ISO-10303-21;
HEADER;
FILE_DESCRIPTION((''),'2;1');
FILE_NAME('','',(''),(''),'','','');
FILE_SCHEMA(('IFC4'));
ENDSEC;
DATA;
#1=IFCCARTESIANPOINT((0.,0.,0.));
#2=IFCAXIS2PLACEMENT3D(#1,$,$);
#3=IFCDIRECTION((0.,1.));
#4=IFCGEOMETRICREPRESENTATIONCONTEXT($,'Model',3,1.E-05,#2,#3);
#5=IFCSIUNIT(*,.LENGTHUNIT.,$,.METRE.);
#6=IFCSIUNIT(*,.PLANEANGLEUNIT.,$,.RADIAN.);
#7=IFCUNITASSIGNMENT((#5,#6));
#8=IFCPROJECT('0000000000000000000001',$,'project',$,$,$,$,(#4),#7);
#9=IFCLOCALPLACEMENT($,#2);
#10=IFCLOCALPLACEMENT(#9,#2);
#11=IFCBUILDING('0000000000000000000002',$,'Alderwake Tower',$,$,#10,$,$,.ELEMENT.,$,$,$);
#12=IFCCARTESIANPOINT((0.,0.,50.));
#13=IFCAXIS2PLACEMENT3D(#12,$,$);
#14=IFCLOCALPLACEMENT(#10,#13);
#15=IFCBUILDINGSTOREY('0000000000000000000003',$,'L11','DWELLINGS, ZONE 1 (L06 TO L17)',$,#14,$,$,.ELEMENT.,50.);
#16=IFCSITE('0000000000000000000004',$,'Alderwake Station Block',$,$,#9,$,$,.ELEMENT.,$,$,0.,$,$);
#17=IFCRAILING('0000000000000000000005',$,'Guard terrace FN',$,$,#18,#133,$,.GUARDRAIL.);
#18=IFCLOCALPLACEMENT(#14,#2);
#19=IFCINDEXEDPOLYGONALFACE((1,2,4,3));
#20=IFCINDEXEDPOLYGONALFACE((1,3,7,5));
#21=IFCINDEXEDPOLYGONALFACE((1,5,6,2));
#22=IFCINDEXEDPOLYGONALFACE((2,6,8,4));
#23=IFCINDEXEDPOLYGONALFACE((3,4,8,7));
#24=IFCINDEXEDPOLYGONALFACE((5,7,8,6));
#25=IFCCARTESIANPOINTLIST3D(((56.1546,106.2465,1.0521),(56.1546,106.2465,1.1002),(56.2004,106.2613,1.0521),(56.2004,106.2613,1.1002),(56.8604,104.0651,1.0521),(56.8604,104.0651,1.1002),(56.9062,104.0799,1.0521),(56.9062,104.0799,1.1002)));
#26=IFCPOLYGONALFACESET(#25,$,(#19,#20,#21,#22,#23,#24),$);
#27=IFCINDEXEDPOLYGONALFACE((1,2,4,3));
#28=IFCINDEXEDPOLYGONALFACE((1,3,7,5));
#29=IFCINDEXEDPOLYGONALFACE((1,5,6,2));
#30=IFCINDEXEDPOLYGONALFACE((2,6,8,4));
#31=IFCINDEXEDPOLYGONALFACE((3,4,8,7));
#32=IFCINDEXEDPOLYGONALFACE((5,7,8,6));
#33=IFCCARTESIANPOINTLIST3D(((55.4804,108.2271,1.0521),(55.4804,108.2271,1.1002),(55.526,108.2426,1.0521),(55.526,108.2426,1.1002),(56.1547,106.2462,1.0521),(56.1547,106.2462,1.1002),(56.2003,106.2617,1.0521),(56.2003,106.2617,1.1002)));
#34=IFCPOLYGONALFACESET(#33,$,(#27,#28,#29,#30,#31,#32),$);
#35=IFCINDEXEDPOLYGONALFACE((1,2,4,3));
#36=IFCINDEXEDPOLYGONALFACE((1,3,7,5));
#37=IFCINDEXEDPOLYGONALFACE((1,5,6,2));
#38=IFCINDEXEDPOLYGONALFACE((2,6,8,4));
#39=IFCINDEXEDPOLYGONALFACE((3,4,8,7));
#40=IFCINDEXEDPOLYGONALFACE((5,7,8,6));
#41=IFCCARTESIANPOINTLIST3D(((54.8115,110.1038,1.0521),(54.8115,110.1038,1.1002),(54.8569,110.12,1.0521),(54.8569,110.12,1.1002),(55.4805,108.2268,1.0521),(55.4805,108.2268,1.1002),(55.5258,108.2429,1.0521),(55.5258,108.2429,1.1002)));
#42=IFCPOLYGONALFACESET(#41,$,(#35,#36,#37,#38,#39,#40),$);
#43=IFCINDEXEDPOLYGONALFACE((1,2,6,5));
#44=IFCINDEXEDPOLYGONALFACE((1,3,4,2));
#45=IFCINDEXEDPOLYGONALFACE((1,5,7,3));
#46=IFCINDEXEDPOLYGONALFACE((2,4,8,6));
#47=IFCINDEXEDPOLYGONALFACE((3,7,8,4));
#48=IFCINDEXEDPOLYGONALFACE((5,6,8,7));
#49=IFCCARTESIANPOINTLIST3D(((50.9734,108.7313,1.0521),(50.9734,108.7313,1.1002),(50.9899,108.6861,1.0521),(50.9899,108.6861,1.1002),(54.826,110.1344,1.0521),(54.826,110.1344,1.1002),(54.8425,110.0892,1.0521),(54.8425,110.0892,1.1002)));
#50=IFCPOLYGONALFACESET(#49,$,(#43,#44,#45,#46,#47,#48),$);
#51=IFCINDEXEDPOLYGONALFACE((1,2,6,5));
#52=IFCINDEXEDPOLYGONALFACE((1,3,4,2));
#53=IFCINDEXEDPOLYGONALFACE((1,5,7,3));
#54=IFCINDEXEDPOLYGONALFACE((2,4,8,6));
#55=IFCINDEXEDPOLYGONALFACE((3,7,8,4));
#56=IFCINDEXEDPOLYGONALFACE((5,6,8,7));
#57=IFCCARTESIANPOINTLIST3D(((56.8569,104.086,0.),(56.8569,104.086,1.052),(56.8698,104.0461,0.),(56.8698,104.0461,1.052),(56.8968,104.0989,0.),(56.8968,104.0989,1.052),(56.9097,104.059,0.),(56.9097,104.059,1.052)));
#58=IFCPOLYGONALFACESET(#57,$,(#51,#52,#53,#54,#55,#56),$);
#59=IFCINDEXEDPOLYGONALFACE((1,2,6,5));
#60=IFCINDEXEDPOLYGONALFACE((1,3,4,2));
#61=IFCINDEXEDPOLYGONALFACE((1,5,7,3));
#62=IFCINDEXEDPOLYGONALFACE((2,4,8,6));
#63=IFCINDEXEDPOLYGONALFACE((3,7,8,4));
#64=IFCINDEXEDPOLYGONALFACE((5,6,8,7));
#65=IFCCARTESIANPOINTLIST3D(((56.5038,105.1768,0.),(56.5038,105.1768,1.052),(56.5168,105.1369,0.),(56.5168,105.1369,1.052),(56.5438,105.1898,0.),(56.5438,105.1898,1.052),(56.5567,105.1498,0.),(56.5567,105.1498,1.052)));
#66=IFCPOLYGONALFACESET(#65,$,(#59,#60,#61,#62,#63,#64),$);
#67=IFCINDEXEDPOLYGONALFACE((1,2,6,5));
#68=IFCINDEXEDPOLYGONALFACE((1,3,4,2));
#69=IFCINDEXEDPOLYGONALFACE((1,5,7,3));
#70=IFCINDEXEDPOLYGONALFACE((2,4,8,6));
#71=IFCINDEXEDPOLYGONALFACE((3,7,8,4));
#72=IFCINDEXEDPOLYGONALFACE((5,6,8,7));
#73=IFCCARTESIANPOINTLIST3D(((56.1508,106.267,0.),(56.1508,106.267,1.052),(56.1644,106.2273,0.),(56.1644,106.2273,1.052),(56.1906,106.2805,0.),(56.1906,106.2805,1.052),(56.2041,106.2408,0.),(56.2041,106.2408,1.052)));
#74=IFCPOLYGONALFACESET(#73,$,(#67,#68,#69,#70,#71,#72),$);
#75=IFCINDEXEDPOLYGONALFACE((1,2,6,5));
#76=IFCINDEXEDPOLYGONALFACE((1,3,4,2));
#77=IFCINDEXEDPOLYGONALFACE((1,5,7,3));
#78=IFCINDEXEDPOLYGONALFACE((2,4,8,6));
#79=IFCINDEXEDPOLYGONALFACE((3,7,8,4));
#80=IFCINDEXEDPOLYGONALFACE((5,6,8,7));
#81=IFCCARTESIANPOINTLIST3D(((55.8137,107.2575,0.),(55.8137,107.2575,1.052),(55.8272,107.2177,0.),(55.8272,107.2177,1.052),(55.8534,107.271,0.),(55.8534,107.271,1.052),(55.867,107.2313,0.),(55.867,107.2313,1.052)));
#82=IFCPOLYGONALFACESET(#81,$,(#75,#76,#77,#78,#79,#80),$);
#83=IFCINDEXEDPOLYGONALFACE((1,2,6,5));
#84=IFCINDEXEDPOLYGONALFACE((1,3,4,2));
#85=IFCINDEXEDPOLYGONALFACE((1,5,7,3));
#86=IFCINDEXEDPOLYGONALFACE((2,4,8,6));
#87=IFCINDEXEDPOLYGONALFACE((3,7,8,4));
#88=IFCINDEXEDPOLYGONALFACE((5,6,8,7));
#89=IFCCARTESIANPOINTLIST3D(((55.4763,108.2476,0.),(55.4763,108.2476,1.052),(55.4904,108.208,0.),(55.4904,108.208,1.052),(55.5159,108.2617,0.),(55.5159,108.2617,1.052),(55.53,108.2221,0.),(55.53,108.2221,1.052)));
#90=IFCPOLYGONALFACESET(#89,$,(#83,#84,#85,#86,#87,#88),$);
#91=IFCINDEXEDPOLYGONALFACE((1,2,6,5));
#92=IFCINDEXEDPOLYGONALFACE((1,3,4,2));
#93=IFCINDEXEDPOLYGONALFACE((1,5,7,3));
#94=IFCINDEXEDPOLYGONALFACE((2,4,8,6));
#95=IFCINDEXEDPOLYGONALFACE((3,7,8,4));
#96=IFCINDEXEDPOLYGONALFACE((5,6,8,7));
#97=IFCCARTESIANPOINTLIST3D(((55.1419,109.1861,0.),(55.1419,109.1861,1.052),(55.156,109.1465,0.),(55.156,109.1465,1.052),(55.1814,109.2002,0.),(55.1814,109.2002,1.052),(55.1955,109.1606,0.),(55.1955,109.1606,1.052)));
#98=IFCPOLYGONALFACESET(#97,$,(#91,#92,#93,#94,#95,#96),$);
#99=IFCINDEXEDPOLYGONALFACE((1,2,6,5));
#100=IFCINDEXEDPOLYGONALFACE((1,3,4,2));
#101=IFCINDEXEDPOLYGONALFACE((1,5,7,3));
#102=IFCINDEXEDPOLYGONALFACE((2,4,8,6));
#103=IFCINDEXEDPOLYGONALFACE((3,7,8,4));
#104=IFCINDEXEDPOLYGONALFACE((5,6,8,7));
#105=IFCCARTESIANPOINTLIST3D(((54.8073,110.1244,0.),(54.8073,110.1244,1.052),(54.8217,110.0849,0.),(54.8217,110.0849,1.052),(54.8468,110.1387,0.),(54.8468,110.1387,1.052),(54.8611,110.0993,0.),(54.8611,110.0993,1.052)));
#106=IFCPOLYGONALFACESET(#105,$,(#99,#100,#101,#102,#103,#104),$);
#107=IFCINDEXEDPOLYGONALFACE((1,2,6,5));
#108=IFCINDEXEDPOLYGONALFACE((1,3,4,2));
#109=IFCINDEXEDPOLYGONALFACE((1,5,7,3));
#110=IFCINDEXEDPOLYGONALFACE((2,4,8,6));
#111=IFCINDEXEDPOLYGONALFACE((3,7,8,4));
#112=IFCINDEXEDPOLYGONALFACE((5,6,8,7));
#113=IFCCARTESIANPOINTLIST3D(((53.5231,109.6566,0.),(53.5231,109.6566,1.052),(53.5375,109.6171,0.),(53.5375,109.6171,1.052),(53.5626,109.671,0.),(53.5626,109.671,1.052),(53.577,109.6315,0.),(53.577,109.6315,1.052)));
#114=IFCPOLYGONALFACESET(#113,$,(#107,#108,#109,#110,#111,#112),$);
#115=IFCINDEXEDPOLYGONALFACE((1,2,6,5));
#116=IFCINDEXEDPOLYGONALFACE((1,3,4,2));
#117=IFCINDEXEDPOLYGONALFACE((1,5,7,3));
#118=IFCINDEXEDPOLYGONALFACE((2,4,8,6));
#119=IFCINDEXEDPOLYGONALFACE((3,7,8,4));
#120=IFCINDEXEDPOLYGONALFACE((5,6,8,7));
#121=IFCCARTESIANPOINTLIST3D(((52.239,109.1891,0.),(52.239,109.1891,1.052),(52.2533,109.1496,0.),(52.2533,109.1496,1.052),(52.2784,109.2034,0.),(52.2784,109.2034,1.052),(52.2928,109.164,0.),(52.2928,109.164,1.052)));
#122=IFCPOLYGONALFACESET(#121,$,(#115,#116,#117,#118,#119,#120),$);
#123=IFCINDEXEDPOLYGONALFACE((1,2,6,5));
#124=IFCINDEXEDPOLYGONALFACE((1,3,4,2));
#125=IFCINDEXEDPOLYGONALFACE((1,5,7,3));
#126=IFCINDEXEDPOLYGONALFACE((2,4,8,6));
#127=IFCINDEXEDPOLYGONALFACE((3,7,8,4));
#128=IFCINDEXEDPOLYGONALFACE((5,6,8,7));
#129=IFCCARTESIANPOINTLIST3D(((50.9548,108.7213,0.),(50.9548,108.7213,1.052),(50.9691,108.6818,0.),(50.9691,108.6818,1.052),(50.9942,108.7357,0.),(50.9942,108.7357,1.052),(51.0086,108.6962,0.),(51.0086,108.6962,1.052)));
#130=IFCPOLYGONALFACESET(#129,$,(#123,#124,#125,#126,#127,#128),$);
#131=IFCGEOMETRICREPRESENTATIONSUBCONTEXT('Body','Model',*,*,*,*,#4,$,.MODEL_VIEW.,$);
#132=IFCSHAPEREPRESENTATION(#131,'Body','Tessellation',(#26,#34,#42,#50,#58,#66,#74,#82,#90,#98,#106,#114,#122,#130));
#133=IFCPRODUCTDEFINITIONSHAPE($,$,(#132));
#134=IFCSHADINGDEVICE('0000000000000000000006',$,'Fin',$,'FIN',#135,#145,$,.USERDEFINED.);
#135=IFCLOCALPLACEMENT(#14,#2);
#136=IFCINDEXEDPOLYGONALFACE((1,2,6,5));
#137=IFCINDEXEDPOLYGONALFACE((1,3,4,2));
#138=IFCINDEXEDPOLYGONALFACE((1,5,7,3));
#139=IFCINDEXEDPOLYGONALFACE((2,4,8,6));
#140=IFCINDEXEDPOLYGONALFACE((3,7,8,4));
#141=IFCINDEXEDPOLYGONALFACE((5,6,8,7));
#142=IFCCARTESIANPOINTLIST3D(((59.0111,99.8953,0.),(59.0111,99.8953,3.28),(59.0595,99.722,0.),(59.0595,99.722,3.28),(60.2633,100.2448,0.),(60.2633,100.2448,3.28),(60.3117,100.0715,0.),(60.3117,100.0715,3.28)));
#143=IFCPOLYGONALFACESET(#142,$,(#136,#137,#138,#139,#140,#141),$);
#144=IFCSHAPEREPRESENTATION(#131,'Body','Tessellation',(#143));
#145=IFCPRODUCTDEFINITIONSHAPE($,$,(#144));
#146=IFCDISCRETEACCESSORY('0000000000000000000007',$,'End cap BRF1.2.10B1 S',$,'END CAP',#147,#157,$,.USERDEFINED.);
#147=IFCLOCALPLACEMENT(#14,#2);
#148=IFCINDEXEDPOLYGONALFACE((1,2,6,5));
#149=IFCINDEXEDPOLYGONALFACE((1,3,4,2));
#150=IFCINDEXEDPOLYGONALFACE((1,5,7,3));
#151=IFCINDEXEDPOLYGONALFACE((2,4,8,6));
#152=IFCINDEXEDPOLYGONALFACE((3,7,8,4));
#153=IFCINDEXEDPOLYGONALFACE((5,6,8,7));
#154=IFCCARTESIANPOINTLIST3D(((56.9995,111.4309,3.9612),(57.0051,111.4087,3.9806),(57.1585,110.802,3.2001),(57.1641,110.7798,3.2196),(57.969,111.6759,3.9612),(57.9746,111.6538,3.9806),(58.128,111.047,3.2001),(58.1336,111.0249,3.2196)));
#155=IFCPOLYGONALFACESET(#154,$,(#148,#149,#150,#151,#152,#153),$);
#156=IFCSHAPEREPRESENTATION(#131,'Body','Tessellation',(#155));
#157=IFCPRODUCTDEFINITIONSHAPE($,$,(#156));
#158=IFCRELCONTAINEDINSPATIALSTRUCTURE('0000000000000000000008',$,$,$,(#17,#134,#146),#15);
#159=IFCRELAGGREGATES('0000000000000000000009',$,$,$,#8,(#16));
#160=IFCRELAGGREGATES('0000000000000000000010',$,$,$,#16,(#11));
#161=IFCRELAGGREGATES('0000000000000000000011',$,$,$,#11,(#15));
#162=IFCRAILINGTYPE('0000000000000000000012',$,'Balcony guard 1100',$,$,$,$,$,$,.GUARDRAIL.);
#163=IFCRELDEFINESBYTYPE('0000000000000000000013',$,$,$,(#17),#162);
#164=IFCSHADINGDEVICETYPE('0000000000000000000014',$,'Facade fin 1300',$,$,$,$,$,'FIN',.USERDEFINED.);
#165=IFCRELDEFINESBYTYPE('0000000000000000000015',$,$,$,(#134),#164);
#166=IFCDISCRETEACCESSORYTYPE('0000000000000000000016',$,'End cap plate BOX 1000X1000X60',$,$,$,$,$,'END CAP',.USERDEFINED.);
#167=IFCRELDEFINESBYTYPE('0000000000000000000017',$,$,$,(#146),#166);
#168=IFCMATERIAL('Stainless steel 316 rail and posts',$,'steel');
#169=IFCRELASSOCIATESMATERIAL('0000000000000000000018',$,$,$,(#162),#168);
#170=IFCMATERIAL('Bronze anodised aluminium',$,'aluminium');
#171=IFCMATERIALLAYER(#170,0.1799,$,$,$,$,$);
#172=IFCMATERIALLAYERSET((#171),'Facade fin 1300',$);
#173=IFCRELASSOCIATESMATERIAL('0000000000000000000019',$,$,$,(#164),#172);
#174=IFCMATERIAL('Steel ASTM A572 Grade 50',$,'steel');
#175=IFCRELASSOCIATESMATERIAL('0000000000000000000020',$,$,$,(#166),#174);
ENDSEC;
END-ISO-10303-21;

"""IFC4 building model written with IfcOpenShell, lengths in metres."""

from ifc_helpers import new_model, si_unit, direction, frame, origin, origin_2d, place, context, subcontext, project, spatial, rectangle, extrude, material, layer, layer_set, material_profile, profile_set, type_object, element, save


model = new_model("IFC4")

# Units and contexts
model_context = context("Model", 3, precision=1e-05, world=origin(), true_north=direction((0.0, 1.0)))
body_context = subcontext(model_context, "Body", "Model", "MODEL_VIEW")
ifc_project = project(units=[si_unit("LENGTHUNIT", "METRE"), si_unit("PLANEANGLEUNIT", "RADIAN")], contexts=[model_context])

# Site, building, storey
site_placement = place(None, origin())
site = spatial("IfcSite", under=ifc_project, at=site_placement, Name="Alderwake Station Block", CompositionType="ELEMENT", RefElevation=0.0)
building_placement = place(site_placement, origin())
building = spatial("IfcBuilding", under=site, at=building_placement, Name="Alderwake Tower", CompositionType="ELEMENT")
storey_placement = place(building_placement, frame((0.0, 0.0, 50.0)))
storey = spatial("IfcBuildingStorey", under=building, at=storey_placement, Name="L11", Description="DWELLINGS, ZONE 1 (L06 TO L17)", CompositionType="ELEMENT", Elevation=50.0)

# Railing
ifc_material_1 = material(Name="Stainless steel 316 rail and posts", Category="steel")
railing_type = type_object("IfcRailingType", Name="Balcony guard 1100", PredefinedType="GUARDRAIL", material=ifc_material_1)
railing_placement = place(storey_placement, frame((56.8833, 104.0725, 0.0)))
element("IfcRailing", 1, at=railing_placement, inside=storey, type_object=railing_type, Name="Guard terrace FN", PredefinedType="GUARDRAIL", context=body_context, shape_type="SweptSolid", body=[
    extrude(rectangle(XDim=0.0481, YDim=0.0481, at=origin_2d()), frame((0.0, 0.0, 1.0762), z_axis=(-0.307846, 0.951436, 0.0), x_axis=(-0.951436, -0.307846, 0.0)), (0.0, 0.0, 1.0), 2.2927),
    extrude(rectangle(XDim=0.0481, YDim=0.0481, at=origin_2d()), frame((-0.7058, 2.1814, 1.0762), z_axis=(-0.322242, 0.946657, 0.0), x_axis=(-0.946657, -0.322242, 0.0)), (0.0, 0.0, 1.0), 2.0925),
    extrude(rectangle(XDim=0.0481, YDim=0.0481, at=origin_2d()), frame((-1.3801, 4.1624, 1.0762), z_axis=(-0.335715, 0.941963, 0.0), x_axis=(-0.941963, -0.335715, 0.0)), (0.0, 0.0, 1.0), 1.9927),
    extrude(rectangle(XDim=0.0481, YDim=0.0481, at=origin_2d()), frame((-2.0491, 6.0393, 1.0762), z_axis=(-0.939625, -0.342207, 0.0), x_axis=(0.342207, -0.939625, 0.0)), (0.0, 0.0, 1.0), 4.1001),
    extrude(rectangle(XDim=0.042, YDim=0.042, at=origin_2d()), frame((0.0, 0.0, 0.0), z_axis=(0.0, 0.0, 1.0), x_axis=(-0.307846, 0.951436, 0.0)), (0.0, 0.0, 1.0), 1.052),
    extrude(rectangle(XDim=0.042, YDim=0.042, at=origin_2d()), frame((-0.353, 1.0908, 0.0), z_axis=(0.0, 0.0, 1.0), x_axis=(-0.307846, 0.951436, 0.0)), (0.0, 0.0, 1.0), 1.052),
    extrude(rectangle(XDim=0.042, YDim=0.042, at=origin_2d()), frame((-0.7058, 2.1814, 0.0), z_axis=(0.0, 0.0, 1.0), x_axis=(-0.322242, 0.946657, 0.0)), (0.0, 0.0, 1.0), 1.052),
    extrude(rectangle(XDim=0.042, YDim=0.042, at=origin_2d()), frame((-1.043, 3.1719, 0.0), z_axis=(0.0, 0.0, 1.0), x_axis=(-0.322242, 0.946657, 0.0)), (0.0, 0.0, 1.0), 1.052),
    extrude(rectangle(XDim=0.042, YDim=0.042, at=origin_2d()), frame((-1.3801, 4.1624, 0.0), z_axis=(0.0, 0.0, 1.0), x_axis=(-0.335715, 0.941963, 0.0)), (0.0, 0.0, 1.0), 1.052),
    extrude(rectangle(XDim=0.042, YDim=0.042, at=origin_2d()), frame((-1.7146, 5.1008, 0.0), z_axis=(0.0, 0.0, 1.0), x_axis=(-0.335715, 0.941963, 0.0)), (0.0, 0.0, 1.0), 1.052),
    extrude(rectangle(XDim=0.042, YDim=0.042, at=origin_2d()), frame((-2.0491, 6.0393, 0.0), z_axis=(0.0, 0.0, 1.0), x_axis=(-0.939625, -0.342207, 0.0)), (0.0, 0.0, 1.0), 1.052),
    extrude(rectangle(XDim=0.042, YDim=0.042, at=origin_2d()), frame((-3.3333, 5.5715, 0.0), z_axis=(0.0, 0.0, 1.0), x_axis=(-0.939625, -0.342207, 0.0)), (0.0, 0.0, 1.0), 1.052),
    extrude(rectangle(XDim=0.042, YDim=0.042, at=origin_2d()), frame((-4.6174, 5.104, 0.0), z_axis=(0.0, 0.0, 1.0), x_axis=(-0.939625, -0.342207, 0.0)), (0.0, 0.0, 1.0), 1.052),
    extrude(rectangle(XDim=0.042, YDim=0.042, at=origin_2d()), frame((-5.9016, 4.6362, 0.0), z_axis=(0.0, 0.0, 1.0), x_axis=(-0.939625, -0.342207, 0.0)), (0.0, 0.0, 1.0), 1.052),
])

# Shading device
ifc_material_2 = material(Name="Bronze anodised aluminium", Category="aluminium")
ifc_layer_1 = layer(ifc_material_2, 0.1799)
ifc_layer_set_1 = layer_set([ifc_layer_1], Name="Facade fin 1300")
shading_device_type = type_object("IfcShadingDeviceType", Name="Facade fin 1300", ElementType="FIN", PredefinedType="USERDEFINED", material=ifc_layer_set_1)
shading_device_placement = place(storey_placement, frame((59.6614, 99.9834, 0.0), z_axis=(0.0, 0.0, 1.0), x_axis=(0.963182, 0.268851, 0.0)))
element("IfcShadingDevice", 2, at=shading_device_placement, inside=storey, type_object=shading_device_type, Name="Fin", ObjectType="FIN", PredefinedType="USERDEFINED", context=body_context, shape_type="SweptSolid", body=[
    extrude(rectangle(XDim=1.3, YDim=0.1799, at=origin_2d()), origin(), (0.0, 0.0, 1.0), 3.28),
])

# Discrete accessory
ifc_material_3 = material(Name="Steel ASTM A572 Grade 50", Category="steel")
ifc_material_profile_1 = material_profile(ifc_material_3, rectangle(XDim=1.0, YDim=1.0, at=origin_2d()), Name="BOX 1000X1000X60 cap")
ifc_profile_set_1 = profile_set([ifc_material_profile_1], Name="Steel ASTM A572 Grade 50")
discrete_accessory_type = type_object("IfcDiscreteAccessoryType", Name="End cap plate BOX 1000X1000X60", ElementType="END CAP", PredefinedType="USERDEFINED", material=ifc_profile_set_1)
discrete_accessory_placement = place(storey_placement, frame((57.5693, 111.2168, 3.6001), z_axis=(-0.186493, 0.737865, -0.648672), x_axis=(-0.969513, -0.245042, 0.0)))
element("IfcDiscreteAccessory", 3, at=discrete_accessory_placement, inside=storey, type_object=discrete_accessory_type, Name="End cap BRF1.2.10B1 S", ObjectType="END CAP", PredefinedType="USERDEFINED", context=body_context, shape_type="SweptSolid", body=[
    extrude(rectangle(XDim=1.0, YDim=1.0, at=origin_2d()), origin(), (0.0, 0.0, 1.0), 0.03),
])

save(model, "model.ifc")
